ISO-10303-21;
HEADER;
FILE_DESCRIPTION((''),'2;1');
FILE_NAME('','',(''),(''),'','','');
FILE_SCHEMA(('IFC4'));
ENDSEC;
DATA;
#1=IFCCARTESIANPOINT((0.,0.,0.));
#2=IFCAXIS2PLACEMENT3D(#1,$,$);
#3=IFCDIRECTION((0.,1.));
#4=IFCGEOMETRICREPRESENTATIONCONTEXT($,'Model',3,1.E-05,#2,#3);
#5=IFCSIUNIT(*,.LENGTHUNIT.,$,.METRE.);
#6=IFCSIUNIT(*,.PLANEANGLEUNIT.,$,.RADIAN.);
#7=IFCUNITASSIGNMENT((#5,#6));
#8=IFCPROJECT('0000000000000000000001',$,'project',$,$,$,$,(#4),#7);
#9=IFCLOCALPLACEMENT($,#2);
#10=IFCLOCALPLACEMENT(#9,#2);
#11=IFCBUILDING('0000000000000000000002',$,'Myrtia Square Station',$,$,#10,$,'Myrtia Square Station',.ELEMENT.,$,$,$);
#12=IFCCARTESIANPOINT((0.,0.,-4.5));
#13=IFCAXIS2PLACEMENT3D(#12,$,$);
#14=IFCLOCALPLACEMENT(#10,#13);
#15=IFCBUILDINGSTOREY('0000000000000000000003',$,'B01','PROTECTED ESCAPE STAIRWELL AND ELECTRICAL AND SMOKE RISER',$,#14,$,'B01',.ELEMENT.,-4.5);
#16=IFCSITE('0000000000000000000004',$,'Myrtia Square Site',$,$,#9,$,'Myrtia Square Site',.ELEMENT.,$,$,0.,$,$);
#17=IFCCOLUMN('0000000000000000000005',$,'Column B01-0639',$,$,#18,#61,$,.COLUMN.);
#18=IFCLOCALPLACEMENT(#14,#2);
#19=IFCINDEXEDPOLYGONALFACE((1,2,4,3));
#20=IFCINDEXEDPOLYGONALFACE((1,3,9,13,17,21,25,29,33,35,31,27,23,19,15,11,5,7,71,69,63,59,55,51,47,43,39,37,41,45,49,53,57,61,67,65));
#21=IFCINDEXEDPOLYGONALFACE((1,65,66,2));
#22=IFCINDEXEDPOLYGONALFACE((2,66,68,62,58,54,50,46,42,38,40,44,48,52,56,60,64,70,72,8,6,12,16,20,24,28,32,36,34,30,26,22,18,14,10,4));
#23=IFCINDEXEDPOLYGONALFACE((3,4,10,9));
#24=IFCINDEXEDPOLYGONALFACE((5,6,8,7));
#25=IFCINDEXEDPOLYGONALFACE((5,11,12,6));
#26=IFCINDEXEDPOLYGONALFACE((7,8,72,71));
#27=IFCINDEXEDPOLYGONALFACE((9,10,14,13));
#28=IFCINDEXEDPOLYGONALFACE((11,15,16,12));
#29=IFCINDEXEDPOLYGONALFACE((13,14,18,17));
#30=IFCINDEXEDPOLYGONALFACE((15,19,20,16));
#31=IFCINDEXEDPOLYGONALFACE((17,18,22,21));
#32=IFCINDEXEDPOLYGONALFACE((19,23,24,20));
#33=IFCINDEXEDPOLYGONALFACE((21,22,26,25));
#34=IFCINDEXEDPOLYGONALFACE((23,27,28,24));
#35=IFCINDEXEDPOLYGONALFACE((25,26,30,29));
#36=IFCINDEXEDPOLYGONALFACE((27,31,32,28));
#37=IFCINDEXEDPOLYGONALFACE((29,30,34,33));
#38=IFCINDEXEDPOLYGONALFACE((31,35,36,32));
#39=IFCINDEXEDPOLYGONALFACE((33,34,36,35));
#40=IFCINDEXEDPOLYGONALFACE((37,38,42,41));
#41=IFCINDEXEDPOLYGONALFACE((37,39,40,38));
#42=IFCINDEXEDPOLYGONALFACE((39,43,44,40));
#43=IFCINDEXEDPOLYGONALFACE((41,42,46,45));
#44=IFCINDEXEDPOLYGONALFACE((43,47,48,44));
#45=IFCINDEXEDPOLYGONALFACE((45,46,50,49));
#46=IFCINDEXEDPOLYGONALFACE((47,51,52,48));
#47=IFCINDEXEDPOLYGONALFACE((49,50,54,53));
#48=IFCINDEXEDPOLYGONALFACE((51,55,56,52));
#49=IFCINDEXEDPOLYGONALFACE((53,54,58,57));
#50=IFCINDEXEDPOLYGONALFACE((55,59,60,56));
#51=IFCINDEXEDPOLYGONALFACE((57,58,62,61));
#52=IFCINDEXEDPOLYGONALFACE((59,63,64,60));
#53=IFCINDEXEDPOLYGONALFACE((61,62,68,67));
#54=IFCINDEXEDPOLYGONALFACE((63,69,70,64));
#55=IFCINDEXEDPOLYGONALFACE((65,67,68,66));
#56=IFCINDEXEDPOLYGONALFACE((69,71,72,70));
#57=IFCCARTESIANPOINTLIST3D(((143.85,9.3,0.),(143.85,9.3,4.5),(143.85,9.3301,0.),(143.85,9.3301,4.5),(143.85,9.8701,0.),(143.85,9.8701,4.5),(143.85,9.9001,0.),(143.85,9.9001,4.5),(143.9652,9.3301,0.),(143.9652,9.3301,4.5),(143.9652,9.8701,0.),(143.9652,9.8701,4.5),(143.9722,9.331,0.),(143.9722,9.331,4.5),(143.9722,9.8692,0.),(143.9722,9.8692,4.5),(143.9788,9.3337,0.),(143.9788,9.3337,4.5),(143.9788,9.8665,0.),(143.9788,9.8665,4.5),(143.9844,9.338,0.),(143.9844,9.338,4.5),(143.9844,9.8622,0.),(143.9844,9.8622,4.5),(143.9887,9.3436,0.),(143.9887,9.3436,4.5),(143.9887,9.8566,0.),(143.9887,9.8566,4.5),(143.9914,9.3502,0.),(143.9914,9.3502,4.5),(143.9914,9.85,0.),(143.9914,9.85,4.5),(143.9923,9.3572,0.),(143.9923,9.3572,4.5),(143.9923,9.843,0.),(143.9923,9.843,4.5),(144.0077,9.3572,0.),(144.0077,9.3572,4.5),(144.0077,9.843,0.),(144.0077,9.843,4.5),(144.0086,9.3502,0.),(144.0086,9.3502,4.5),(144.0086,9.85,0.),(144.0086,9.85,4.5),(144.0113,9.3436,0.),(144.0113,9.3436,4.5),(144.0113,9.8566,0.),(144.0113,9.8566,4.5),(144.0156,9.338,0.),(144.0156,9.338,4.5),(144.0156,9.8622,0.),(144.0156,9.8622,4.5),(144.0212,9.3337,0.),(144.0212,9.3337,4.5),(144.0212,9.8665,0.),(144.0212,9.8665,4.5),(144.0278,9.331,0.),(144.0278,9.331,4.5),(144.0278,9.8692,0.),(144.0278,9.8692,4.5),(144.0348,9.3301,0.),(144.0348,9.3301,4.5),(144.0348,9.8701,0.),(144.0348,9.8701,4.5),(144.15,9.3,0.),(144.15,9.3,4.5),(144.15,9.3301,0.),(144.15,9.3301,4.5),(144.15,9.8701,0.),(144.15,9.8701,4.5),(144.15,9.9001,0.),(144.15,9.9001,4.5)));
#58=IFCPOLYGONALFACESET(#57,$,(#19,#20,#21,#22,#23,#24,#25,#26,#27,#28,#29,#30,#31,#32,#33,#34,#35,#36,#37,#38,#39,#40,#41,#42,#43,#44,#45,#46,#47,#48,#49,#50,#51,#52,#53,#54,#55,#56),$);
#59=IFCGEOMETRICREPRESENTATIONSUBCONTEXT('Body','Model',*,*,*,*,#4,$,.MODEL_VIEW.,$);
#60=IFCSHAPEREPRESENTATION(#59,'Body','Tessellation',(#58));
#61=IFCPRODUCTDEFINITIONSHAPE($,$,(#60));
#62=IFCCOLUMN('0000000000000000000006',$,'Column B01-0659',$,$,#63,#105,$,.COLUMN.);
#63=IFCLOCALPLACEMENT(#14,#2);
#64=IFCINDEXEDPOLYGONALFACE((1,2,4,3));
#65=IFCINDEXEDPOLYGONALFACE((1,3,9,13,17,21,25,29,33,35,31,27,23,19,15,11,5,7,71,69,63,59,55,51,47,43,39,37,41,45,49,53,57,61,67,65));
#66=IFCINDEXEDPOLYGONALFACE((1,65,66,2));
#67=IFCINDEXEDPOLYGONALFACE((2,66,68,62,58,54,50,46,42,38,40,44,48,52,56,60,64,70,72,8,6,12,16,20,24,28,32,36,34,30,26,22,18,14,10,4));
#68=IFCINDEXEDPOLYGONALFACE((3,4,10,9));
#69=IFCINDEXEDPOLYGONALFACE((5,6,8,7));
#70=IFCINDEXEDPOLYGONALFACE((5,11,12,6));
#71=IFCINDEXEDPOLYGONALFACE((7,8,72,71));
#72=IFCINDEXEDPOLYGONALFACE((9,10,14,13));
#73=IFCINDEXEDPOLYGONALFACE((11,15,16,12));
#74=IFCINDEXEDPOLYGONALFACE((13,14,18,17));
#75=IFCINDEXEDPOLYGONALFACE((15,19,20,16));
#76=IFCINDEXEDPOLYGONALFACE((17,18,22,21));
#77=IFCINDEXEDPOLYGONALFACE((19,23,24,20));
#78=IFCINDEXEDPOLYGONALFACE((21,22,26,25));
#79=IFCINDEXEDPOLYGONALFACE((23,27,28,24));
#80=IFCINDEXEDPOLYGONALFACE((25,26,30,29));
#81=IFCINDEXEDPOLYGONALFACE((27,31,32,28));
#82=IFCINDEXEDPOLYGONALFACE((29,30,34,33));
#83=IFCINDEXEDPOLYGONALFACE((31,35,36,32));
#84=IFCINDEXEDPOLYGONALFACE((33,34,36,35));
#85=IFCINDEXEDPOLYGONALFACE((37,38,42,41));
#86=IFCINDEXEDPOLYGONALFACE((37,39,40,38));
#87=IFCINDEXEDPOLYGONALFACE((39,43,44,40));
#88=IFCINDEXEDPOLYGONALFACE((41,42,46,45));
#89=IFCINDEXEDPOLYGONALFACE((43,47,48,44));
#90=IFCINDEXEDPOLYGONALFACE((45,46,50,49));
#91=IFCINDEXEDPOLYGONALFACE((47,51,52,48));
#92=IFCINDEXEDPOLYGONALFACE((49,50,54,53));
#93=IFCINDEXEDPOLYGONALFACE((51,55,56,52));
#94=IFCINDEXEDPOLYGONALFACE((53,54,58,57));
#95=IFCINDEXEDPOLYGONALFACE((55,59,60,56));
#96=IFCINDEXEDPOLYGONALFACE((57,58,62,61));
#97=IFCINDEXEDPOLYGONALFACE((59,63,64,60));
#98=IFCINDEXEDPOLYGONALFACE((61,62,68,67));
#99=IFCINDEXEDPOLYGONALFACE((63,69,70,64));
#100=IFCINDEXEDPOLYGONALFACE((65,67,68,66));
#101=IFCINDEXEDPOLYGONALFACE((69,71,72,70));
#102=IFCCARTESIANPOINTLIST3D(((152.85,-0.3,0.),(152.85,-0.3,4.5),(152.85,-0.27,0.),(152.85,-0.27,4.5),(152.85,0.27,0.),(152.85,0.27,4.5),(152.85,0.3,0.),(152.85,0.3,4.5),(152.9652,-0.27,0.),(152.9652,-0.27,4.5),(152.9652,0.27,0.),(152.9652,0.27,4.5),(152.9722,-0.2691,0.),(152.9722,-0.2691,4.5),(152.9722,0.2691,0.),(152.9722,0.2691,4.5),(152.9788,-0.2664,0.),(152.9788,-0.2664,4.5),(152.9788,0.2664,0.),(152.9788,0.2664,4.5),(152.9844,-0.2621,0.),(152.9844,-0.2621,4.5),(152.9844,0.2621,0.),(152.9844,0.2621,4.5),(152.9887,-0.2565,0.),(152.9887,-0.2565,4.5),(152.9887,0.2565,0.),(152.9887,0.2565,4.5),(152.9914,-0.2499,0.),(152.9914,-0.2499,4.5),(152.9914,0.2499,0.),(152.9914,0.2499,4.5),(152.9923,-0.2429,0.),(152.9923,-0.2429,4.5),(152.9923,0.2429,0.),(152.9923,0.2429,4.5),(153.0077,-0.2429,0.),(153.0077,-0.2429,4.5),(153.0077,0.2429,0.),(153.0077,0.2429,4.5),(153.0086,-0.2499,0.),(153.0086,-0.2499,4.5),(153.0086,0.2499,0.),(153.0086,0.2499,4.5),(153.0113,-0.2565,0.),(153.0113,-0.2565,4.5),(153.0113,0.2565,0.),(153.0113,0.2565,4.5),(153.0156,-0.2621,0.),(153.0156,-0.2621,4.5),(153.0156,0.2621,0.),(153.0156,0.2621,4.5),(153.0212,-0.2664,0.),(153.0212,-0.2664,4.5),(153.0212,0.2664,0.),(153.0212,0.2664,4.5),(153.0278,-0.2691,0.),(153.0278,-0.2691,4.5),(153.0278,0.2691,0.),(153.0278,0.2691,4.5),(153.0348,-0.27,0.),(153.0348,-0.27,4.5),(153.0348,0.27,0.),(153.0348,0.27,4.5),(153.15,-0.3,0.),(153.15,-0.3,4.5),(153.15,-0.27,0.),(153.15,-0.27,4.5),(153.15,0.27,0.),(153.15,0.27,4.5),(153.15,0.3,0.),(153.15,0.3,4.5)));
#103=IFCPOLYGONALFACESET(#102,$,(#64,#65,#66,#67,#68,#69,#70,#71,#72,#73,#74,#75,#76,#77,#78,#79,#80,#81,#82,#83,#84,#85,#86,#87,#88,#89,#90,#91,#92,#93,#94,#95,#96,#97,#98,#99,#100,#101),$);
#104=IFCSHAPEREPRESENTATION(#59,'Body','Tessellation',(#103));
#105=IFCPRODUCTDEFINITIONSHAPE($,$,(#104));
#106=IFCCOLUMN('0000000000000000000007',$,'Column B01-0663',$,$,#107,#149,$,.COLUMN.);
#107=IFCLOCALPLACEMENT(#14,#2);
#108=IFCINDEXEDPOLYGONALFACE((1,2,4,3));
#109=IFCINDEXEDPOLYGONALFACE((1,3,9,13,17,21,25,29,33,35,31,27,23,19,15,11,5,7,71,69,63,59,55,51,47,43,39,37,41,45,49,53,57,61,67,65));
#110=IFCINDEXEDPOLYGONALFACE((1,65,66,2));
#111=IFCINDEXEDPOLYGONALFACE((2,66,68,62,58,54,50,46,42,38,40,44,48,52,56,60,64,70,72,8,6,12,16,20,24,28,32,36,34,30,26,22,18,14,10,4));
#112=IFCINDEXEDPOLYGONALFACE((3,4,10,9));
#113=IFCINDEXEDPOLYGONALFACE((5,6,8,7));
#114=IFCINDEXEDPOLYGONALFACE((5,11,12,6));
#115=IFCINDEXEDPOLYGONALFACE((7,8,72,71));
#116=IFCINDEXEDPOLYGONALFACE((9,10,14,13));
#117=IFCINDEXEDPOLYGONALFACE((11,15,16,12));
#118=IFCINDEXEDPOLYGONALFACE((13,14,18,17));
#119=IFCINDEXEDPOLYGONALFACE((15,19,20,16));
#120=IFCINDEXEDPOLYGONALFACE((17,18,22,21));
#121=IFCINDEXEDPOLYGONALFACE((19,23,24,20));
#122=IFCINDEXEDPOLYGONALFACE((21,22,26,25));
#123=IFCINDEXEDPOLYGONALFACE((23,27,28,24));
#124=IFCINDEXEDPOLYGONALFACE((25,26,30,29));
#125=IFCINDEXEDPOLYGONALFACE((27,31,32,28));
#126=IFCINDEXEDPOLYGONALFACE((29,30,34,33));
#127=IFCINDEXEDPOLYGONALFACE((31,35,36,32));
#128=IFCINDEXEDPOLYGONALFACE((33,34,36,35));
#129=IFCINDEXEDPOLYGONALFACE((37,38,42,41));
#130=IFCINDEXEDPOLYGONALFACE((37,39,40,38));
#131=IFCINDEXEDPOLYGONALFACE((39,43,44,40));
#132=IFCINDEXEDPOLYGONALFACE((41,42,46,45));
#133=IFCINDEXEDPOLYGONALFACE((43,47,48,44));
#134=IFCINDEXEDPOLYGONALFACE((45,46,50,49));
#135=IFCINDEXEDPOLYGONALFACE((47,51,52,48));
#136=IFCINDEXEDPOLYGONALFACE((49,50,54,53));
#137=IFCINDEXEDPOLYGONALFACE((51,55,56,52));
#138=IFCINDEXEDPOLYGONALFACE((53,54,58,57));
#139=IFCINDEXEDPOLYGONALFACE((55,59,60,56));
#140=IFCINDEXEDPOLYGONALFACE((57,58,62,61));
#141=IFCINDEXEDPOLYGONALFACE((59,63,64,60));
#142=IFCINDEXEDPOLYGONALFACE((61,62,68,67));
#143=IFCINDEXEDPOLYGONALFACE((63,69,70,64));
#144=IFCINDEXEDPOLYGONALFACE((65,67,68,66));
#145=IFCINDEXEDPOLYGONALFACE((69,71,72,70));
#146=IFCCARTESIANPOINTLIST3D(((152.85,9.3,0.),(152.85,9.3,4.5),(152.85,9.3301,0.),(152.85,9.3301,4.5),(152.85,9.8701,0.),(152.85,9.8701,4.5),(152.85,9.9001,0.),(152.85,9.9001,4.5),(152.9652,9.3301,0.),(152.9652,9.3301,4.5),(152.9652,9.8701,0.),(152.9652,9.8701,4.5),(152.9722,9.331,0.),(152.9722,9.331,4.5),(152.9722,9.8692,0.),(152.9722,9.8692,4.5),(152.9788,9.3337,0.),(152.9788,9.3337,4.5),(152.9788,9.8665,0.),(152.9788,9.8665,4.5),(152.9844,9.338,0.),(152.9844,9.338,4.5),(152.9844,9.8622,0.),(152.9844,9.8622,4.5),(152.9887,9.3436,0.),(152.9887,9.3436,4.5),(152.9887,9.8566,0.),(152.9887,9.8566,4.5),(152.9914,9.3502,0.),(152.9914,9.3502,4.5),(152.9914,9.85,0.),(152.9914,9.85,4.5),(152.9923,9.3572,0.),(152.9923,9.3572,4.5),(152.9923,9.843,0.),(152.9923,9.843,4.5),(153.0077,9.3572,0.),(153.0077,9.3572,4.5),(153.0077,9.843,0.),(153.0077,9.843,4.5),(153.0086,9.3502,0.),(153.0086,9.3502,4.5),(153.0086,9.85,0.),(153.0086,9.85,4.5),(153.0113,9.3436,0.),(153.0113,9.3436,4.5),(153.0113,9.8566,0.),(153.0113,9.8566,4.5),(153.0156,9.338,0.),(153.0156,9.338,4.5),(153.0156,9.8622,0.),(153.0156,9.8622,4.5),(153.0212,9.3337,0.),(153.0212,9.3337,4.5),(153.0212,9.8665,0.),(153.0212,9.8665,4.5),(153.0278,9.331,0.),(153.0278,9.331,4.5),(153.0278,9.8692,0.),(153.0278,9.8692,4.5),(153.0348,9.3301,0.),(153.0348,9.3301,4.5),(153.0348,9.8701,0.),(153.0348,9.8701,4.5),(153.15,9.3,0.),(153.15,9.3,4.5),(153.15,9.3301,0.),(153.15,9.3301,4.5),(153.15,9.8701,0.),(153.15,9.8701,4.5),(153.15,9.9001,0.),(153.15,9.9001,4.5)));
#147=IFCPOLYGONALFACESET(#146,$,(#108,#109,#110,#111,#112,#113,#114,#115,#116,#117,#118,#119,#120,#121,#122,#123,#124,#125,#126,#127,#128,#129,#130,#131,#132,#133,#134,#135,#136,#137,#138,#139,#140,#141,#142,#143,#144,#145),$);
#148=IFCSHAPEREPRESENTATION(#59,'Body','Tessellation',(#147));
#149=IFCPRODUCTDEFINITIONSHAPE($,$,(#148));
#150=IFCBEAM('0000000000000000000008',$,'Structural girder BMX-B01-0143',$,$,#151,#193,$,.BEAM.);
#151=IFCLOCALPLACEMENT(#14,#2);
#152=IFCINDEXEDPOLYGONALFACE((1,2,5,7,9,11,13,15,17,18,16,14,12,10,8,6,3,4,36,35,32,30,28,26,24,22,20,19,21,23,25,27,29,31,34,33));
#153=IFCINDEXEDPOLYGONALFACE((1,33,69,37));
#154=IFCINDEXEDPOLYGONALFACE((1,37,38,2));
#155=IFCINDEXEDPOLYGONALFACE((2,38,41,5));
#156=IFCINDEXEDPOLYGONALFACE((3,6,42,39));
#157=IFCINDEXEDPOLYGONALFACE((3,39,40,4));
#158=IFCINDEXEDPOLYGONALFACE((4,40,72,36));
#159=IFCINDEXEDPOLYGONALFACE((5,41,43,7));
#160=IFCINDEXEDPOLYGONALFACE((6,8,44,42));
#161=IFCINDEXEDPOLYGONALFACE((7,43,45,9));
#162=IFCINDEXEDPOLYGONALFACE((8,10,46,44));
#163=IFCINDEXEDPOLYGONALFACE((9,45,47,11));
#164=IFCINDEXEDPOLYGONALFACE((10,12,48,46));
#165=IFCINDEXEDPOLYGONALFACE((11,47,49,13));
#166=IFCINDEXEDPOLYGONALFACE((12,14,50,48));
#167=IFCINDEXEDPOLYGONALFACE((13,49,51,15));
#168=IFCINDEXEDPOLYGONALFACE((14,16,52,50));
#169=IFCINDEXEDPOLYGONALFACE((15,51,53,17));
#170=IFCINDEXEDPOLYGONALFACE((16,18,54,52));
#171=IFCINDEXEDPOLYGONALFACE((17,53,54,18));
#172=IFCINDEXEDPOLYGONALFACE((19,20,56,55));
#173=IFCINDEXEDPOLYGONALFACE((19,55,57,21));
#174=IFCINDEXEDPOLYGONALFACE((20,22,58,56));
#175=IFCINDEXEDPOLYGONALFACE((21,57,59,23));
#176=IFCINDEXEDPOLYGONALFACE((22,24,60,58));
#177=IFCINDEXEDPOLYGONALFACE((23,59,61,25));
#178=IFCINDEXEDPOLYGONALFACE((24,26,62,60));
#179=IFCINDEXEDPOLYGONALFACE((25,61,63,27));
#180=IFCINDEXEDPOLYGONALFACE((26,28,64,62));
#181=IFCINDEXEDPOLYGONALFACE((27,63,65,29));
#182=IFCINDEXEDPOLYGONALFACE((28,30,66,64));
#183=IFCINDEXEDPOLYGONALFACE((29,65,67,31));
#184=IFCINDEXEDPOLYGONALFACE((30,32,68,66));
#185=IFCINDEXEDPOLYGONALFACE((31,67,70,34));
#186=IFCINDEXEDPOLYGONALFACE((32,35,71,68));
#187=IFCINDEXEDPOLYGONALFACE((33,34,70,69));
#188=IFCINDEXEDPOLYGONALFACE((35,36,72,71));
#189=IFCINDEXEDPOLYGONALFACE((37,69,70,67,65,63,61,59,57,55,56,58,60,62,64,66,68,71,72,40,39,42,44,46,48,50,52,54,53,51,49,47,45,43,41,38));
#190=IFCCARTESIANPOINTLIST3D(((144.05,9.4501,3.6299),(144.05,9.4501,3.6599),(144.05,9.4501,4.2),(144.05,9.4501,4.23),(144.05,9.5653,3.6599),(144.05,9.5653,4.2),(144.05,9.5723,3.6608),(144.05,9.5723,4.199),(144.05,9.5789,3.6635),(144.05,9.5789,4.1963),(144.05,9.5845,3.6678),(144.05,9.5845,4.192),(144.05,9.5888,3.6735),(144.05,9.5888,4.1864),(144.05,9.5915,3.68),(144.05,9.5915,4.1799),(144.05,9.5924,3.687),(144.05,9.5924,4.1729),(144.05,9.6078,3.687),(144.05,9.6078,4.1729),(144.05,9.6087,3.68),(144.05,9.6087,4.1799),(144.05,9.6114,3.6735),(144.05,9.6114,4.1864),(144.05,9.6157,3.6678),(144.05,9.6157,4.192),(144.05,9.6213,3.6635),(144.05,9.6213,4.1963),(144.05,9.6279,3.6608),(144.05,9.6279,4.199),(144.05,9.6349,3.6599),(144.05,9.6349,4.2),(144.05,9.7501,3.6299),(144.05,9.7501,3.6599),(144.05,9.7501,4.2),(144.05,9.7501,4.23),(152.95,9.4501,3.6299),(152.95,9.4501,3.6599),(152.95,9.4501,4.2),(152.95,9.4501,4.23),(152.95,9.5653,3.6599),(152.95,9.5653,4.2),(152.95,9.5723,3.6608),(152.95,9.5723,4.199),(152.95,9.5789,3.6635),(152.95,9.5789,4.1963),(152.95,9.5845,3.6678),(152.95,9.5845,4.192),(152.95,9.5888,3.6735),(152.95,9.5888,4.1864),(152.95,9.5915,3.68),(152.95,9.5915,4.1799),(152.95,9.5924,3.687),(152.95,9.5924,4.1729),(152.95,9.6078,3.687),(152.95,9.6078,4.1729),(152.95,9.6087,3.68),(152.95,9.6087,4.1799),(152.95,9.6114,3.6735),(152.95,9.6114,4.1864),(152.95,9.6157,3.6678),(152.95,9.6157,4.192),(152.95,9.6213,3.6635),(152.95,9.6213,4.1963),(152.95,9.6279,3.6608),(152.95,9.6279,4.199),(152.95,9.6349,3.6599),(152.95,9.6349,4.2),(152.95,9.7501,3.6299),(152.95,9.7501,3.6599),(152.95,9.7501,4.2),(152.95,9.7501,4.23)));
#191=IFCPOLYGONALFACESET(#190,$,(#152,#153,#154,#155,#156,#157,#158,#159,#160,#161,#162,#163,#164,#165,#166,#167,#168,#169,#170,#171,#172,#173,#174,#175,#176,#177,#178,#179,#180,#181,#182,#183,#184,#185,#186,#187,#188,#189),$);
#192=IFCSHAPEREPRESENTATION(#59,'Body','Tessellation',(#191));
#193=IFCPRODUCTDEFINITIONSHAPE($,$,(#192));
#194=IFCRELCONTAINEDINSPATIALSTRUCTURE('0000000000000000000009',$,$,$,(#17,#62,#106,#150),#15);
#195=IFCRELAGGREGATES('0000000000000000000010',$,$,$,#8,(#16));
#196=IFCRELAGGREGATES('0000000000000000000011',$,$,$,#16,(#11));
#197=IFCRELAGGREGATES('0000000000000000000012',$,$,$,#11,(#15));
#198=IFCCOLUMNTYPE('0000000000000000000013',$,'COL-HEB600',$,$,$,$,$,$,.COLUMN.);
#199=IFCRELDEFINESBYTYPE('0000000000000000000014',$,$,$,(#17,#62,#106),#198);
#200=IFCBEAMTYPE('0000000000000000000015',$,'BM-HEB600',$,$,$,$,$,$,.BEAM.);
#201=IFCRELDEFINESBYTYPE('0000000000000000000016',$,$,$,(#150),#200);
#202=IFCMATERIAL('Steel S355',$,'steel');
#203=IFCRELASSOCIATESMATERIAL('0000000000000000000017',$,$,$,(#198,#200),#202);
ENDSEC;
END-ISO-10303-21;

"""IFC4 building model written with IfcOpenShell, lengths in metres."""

from ifc_helpers import new_model, si_unit, direction, frame, origin, origin_2d, place, context, subcontext, project, spatial, i_section, extrude, material, material_profile, profile_set, type_object, element, save


model = new_model("IFC4")

# Units and contexts
model_context = context("Model", 3, precision=1e-05, world=origin(), true_north=direction((0.0, 1.0)))
body_context = subcontext(model_context, "Body", "Model", "MODEL_VIEW")
ifc_project = project(units=[si_unit("LENGTHUNIT", "METRE"), si_unit("PLANEANGLEUNIT", "RADIAN")], contexts=[model_context])

# Site, building, storey
site_placement = place(None, origin())
site = spatial("IfcSite", under=ifc_project, at=site_placement, Name="Myrtia Square Site", LongName="Myrtia Square Site", CompositionType="ELEMENT", RefElevation=0.0)
building_placement = place(site_placement, origin())
building = spatial("IfcBuilding", under=site, at=building_placement, Name="Myrtia Square Station", LongName="Myrtia Square Station", CompositionType="ELEMENT")
storey_placement = place(building_placement, frame((0.0, 0.0, -4.5)))
storey = spatial("IfcBuildingStorey", under=building, at=storey_placement, Name="B01", Description="PROTECTED ESCAPE STAIRWELL AND ELECTRICAL AND SMOKE RISER", LongName="B01", CompositionType="ELEMENT", Elevation=-4.5)

# Columns
ifc_material_1 = material(Name="Steel S355", Category="steel")
ifc_material_profile_1 = material_profile(ifc_material_1, i_section(OverallWidth=0.3, OverallDepth=0.6001, WebThickness=0.0154, FlangeThickness=0.03, FilletRadius=0.0271, at=origin_2d()), Name="HEB 600")
ifc_profile_set_1 = profile_set([ifc_material_profile_1], Name="Steel S355")
column_type = type_object("IfcColumnType", Name="COL-HEB600", PredefinedType="COLUMN", material=ifc_profile_set_1)
for number, where, z_axis, x_axis, name in (
    (1, (144.0, 9.6001, 0.0), (0.0, 0.0, 1.0), (1.0, 0.0, 0.0), "Column B01-0639"),
    (2, (153.0, 0.0, 0.0), (0.0, 0.0, 1.0), (1.0, 0.0, 0.0), "Column B01-0659"),
    (3, (153.0, 9.6001, 0.0), (0.0, 0.0, 1.0), (1.0, 0.0, 0.0), "Column B01-0663"),
):
    element("IfcColumn", number, at=place(storey_placement, frame(where, z_axis=z_axis, x_axis=x_axis)), inside=storey, type_object=column_type, Name=name, PredefinedType="COLUMN", context=body_context, shape_type="SweptSolid", body=[
        extrude(i_section(OverallWidth=0.3, OverallDepth=0.6001, WebThickness=0.0154, FlangeThickness=0.03, FilletRadius=0.0271, at=origin_2d()), origin(), (0.0, 0.0, 1.0), 4.5),
    ])

# Beam
ifc_material_profile_2 = material_profile(ifc_material_1, i_section(OverallWidth=0.3, OverallDepth=0.6001, WebThickness=0.0154, FlangeThickness=0.03, FilletRadius=0.0271, at=origin_2d()), Name="HEB 600")
ifc_profile_set_2 = profile_set([ifc_material_profile_2], Name="Steel S355")
beam_type_1 = type_object("IfcBeamType", Name="BM-HEB600", PredefinedType="BEAM", material=ifc_profile_set_2)
for number, where, z_axis, x_axis, name in (
    (4, (144.05, 9.6001, 3.9299), (1.0, 0.0, 0.0), (0.0, 1.0, 0.0), "Structural girder BMX-B01-0143"),
):
    element("IfcBeam", number, at=place(storey_placement, frame(where, z_axis=z_axis, x_axis=x_axis)), inside=storey, type_object=beam_type_1, Name=name, PredefinedType="BEAM", context=body_context, shape_type="SweptSolid", body=[
        extrude(i_section(OverallWidth=0.3, OverallDepth=0.6001, WebThickness=0.0154, FlangeThickness=0.03, FilletRadius=0.0271, at=origin_2d()), origin(), (0.0, 0.0, 1.0), 8.8999),
    ])

save(model, "model.ifc")
